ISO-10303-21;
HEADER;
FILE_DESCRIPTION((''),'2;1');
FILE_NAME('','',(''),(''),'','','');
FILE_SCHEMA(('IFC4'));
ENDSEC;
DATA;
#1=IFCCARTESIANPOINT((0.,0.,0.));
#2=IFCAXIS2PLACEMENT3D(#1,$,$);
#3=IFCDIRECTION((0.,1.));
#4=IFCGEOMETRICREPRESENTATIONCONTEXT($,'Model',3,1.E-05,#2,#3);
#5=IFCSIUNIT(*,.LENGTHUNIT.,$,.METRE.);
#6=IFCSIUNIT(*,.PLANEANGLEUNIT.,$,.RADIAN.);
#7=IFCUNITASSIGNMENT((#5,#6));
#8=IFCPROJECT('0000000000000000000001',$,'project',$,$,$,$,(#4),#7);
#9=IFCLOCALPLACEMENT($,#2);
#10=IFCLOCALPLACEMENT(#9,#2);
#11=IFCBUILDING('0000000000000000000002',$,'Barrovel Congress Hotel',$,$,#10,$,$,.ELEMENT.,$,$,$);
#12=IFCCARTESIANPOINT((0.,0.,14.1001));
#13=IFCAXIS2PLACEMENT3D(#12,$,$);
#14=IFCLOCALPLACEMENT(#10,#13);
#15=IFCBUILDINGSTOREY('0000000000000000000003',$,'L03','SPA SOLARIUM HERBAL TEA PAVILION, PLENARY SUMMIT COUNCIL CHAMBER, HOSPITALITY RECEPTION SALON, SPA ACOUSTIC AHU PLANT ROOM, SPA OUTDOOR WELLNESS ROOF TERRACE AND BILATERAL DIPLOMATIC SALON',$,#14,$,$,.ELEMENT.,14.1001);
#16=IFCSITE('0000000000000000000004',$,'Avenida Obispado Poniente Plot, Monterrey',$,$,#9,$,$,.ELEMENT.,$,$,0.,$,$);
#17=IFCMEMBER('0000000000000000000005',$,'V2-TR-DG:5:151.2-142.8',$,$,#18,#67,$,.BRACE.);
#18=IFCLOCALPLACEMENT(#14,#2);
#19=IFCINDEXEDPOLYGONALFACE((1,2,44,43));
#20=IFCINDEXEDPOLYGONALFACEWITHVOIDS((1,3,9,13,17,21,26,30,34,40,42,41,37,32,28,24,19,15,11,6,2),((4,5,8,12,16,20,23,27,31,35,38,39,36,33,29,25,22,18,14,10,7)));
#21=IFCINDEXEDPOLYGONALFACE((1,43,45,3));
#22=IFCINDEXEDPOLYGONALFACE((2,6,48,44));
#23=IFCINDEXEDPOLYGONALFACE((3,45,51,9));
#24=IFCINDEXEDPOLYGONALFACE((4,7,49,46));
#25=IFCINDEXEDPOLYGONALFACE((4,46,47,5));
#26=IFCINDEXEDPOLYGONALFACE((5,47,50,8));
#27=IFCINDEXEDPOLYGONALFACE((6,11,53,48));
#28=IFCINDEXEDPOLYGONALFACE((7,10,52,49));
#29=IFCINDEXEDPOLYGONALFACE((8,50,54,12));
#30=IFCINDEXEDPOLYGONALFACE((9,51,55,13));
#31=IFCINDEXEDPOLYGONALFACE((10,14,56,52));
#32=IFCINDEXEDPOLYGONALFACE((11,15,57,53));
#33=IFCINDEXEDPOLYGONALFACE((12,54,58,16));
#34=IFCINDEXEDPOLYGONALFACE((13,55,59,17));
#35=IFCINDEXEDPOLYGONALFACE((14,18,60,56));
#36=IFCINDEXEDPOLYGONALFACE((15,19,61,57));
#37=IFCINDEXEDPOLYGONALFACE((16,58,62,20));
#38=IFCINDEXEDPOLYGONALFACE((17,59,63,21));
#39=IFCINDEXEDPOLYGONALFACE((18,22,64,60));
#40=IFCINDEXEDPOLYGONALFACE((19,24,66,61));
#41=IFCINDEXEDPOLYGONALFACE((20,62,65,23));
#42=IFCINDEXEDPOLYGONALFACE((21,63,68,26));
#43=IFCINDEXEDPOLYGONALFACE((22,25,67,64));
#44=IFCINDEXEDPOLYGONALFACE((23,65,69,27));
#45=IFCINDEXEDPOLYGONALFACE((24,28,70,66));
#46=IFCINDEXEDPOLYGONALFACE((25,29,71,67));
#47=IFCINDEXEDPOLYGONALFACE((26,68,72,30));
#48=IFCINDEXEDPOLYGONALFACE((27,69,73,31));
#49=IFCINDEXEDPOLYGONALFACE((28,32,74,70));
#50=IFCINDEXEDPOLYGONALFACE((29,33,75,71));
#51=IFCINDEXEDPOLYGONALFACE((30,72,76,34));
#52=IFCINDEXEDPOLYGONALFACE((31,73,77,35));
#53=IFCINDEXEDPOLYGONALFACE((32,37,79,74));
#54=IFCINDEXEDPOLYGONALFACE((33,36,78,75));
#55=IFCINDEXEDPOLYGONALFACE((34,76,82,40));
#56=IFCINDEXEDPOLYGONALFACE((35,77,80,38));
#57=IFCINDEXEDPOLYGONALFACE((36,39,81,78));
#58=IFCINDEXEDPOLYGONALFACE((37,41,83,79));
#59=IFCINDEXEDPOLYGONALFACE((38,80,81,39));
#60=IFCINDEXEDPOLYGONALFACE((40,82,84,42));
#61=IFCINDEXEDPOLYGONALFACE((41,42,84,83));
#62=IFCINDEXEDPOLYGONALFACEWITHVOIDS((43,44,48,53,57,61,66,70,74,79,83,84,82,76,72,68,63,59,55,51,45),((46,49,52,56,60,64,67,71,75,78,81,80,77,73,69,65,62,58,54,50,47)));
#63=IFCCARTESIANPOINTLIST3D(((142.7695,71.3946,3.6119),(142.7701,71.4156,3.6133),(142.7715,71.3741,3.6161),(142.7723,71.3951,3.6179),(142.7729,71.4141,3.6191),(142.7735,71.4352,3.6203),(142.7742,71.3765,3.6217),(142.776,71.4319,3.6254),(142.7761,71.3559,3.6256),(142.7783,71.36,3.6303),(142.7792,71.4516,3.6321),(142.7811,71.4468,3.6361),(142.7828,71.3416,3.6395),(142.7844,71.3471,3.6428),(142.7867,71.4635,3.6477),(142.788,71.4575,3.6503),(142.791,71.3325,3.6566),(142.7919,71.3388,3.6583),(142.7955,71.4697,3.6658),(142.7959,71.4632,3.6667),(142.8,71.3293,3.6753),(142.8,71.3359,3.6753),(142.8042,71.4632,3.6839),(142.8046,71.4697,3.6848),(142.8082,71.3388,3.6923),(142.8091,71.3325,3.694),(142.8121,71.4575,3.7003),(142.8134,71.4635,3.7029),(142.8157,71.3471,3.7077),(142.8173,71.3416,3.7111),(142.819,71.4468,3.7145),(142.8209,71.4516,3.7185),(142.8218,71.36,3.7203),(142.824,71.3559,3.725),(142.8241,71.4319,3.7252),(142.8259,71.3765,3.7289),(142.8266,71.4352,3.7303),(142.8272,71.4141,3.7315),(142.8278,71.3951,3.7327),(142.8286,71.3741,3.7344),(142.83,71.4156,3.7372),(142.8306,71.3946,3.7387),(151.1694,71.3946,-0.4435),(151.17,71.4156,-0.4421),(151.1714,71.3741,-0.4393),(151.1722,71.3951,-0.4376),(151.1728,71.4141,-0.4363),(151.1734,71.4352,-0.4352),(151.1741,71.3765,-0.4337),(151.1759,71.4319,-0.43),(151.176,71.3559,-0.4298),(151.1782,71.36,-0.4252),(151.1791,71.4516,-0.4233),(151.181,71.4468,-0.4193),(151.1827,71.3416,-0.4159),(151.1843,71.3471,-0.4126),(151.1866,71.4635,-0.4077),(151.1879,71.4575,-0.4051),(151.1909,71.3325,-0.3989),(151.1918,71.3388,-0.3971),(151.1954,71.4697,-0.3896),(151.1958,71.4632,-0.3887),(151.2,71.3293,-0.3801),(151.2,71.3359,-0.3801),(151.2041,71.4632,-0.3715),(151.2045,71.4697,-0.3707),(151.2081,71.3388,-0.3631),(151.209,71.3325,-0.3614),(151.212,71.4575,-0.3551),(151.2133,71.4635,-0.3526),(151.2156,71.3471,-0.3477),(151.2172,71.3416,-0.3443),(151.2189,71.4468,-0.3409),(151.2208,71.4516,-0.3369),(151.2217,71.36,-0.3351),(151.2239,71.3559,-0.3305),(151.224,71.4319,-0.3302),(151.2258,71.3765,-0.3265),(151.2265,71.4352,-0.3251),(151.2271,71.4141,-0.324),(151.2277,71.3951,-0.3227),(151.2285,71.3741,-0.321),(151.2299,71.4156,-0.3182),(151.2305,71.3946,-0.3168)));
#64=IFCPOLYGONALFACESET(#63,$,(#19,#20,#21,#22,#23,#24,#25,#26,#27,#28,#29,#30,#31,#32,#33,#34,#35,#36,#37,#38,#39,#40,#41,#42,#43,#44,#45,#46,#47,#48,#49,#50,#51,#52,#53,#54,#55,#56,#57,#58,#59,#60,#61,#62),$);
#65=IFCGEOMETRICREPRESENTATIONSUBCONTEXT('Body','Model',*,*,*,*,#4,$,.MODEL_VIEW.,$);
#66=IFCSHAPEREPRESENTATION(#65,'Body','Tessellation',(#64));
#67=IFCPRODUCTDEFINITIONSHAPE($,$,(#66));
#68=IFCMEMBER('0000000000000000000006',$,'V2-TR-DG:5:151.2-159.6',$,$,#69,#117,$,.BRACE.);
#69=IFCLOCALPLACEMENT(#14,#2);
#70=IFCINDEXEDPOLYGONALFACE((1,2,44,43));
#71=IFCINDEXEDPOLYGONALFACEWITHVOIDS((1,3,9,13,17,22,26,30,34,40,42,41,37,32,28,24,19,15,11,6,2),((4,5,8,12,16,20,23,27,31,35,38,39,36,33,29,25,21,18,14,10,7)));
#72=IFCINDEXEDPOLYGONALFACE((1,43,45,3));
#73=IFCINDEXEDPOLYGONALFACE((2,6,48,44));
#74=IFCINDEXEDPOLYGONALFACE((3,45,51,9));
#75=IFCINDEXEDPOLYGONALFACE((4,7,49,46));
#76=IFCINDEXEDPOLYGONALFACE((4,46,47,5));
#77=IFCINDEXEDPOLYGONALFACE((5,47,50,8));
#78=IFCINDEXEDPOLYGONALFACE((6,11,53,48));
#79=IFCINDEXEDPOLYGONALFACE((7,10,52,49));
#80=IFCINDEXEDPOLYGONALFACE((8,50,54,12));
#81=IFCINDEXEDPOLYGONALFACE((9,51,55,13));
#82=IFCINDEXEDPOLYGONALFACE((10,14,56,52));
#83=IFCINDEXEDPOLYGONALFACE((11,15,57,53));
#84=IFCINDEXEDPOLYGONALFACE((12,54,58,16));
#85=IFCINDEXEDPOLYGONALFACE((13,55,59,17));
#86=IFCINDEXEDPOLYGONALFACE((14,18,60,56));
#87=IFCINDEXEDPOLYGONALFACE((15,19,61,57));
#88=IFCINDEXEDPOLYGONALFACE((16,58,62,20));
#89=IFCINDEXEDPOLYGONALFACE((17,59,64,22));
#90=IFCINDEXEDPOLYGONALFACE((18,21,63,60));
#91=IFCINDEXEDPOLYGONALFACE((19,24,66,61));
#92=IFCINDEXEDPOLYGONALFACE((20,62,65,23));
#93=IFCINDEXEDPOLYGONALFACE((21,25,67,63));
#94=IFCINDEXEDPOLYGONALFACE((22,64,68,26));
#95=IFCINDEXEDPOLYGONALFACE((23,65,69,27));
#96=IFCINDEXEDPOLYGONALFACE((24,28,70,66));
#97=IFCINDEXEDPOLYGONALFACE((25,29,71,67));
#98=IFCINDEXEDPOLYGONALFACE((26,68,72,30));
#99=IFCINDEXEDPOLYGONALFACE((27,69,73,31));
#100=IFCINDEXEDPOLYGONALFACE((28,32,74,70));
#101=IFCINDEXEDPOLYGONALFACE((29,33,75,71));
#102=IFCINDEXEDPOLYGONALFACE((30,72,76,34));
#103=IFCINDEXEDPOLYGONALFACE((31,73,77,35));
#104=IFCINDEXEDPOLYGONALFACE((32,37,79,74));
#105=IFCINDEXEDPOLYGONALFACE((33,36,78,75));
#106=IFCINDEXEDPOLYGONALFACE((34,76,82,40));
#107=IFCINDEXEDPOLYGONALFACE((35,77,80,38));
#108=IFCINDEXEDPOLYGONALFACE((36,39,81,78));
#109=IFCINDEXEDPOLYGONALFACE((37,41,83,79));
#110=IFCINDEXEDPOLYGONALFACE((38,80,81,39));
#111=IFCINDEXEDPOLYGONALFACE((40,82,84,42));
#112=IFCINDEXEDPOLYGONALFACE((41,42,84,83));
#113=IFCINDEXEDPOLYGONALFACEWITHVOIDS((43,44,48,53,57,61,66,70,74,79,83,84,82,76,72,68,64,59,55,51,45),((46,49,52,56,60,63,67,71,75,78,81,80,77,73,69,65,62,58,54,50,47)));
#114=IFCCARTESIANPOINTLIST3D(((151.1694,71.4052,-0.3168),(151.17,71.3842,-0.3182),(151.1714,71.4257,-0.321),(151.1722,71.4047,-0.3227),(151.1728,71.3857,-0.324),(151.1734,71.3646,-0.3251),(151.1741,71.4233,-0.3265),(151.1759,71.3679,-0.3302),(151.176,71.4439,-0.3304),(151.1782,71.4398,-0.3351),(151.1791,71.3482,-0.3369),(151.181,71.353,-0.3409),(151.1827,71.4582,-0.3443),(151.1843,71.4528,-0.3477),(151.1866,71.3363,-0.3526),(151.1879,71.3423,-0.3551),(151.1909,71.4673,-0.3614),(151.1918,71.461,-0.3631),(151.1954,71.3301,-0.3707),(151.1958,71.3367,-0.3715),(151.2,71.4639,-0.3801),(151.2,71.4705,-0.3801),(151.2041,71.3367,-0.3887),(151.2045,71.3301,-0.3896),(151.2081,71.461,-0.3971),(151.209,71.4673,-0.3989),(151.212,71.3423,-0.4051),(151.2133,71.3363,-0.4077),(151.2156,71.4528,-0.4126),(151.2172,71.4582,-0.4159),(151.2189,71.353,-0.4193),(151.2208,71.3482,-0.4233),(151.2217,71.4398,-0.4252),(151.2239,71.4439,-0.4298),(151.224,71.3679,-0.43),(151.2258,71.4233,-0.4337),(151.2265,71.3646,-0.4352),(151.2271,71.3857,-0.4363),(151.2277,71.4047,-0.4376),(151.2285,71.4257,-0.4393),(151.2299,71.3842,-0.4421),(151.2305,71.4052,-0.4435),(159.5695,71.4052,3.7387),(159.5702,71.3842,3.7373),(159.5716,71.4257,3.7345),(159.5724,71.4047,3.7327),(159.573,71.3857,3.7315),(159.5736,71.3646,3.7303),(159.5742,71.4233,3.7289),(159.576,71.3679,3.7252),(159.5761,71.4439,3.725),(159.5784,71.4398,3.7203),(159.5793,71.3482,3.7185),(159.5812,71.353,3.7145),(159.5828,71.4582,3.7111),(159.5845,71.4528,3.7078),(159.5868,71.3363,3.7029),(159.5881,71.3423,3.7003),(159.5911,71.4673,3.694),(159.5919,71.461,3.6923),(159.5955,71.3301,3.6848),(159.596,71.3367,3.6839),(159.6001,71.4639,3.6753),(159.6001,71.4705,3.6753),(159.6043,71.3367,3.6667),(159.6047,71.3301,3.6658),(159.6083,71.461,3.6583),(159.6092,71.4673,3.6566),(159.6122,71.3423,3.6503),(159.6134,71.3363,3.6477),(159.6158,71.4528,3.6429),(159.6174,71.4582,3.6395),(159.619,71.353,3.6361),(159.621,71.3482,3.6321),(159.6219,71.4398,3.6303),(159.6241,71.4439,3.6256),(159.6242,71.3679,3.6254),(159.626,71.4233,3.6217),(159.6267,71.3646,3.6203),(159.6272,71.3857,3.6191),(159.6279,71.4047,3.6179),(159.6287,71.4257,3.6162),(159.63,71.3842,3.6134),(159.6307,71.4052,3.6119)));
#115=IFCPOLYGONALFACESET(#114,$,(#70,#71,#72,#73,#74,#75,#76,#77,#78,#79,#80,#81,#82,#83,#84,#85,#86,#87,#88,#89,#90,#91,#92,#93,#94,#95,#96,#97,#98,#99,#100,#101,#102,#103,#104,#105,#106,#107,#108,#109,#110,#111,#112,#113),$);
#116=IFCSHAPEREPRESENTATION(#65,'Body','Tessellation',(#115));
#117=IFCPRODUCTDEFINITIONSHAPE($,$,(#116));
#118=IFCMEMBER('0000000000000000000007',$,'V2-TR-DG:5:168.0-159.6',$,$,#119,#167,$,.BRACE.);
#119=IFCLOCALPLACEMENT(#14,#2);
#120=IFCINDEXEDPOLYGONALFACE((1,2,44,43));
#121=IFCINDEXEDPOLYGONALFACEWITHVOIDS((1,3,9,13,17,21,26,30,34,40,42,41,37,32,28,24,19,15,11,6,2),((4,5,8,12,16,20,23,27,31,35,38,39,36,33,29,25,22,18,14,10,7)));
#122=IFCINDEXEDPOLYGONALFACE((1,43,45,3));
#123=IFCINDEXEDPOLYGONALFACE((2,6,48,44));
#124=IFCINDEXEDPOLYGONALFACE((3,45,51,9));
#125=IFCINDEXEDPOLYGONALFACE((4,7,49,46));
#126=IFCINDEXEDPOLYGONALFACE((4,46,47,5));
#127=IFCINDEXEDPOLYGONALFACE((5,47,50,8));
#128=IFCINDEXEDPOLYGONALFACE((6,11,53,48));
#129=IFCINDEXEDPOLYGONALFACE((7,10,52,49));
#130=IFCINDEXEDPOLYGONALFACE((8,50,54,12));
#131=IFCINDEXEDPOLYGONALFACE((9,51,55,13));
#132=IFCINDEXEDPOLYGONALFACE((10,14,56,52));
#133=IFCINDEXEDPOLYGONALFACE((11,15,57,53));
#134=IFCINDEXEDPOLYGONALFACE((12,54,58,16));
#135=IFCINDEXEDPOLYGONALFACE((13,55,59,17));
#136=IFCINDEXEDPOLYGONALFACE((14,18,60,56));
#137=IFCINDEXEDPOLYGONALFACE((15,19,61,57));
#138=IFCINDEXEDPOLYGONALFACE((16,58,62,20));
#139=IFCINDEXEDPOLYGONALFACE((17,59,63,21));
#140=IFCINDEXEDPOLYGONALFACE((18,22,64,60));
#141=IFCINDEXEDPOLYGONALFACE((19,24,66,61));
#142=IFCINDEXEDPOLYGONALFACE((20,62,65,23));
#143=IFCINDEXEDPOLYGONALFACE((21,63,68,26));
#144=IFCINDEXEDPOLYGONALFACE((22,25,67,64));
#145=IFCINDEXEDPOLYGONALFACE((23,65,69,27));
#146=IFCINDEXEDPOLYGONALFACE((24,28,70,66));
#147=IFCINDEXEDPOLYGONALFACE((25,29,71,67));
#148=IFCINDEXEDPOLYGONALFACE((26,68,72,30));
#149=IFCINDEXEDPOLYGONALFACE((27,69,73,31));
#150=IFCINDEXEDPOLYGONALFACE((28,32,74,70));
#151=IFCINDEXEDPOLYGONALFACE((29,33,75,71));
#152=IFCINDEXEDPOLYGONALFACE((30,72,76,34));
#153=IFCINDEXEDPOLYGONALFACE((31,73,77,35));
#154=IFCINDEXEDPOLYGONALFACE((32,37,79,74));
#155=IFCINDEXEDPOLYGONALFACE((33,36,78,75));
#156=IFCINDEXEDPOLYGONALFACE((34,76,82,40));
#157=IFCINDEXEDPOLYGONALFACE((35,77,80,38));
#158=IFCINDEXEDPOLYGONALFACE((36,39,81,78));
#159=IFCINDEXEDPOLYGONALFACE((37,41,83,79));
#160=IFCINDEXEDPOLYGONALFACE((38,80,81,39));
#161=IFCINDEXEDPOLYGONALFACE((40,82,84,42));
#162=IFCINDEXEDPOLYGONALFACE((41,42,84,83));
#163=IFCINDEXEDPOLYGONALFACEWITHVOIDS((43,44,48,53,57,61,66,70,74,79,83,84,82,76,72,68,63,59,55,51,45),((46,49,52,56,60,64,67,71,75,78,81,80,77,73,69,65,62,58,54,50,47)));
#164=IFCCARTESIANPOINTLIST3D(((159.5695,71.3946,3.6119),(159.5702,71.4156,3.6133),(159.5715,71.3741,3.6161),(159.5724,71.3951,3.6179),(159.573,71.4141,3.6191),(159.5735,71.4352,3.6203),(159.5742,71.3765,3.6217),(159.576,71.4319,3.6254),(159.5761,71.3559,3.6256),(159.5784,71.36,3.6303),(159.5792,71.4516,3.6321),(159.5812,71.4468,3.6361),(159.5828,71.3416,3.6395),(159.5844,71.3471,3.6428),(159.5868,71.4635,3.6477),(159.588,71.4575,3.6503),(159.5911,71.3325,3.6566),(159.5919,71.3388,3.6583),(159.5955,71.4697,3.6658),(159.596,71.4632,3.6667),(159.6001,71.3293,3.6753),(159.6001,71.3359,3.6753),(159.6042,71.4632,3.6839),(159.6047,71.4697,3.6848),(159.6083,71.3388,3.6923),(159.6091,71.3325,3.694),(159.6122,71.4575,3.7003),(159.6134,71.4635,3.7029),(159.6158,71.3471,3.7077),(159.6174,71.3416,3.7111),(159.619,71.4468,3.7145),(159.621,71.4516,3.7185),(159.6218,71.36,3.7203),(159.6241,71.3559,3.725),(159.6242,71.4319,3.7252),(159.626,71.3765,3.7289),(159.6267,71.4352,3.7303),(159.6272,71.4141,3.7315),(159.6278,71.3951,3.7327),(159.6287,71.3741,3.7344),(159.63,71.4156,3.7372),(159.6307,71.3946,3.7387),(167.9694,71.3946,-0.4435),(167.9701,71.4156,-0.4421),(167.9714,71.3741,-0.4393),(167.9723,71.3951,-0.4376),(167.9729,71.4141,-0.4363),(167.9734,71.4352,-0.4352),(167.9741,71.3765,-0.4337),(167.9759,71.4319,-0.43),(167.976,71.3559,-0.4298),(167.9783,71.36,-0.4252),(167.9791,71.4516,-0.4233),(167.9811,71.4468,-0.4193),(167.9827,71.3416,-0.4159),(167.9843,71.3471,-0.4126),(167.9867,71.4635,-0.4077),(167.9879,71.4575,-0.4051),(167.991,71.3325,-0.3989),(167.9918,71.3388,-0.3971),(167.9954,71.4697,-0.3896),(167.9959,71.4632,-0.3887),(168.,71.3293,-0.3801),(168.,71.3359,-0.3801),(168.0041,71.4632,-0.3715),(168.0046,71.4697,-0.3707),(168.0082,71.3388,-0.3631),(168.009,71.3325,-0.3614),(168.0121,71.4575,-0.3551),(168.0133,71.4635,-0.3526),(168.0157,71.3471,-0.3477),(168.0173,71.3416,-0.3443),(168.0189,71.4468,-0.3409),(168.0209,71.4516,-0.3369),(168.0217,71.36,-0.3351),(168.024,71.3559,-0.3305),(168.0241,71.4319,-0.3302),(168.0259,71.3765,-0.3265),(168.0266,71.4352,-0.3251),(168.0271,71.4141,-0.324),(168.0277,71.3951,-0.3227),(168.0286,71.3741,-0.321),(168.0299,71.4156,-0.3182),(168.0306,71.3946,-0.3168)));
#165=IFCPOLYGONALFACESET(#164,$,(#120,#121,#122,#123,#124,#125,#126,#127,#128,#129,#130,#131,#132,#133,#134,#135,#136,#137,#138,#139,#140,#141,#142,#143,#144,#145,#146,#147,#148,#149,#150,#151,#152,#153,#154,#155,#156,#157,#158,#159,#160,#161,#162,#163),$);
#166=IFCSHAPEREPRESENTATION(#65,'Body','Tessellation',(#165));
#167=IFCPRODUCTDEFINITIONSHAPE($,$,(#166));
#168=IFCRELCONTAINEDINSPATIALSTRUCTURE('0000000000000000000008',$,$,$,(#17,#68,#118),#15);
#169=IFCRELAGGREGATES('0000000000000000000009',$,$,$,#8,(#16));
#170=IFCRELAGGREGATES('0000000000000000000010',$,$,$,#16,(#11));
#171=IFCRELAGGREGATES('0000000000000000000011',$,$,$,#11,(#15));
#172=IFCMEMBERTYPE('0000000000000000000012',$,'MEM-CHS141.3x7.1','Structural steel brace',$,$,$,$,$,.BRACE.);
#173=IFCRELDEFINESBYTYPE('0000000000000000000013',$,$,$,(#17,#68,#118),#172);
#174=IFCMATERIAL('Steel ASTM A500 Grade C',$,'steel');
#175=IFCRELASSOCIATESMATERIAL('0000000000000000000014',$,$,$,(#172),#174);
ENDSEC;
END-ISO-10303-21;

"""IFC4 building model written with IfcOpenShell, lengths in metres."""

from ifc_helpers import new_model, si_unit, direction, frame, origin, origin_2d, place, context, subcontext, project, spatial, hollow_circle, extrude, material, material_profile, profile_set, type_object, element, save


model = new_model("IFC4")

# Units and contexts
model_context = context("Model", 3, precision=1e-05, world=origin(), true_north=direction((0.0, 1.0)))
body_context = subcontext(model_context, "Body", "Model", "MODEL_VIEW")
ifc_project = project(units=[si_unit("LENGTHUNIT", "METRE"), si_unit("PLANEANGLEUNIT", "RADIAN")], contexts=[model_context])

# Site, building, storey
site_placement = place(None, origin())
site = spatial("IfcSite", under=ifc_project, at=site_placement, Name="Avenida Obispado Poniente Plot, Monterrey", CompositionType="ELEMENT", RefElevation=0.0)
building_placement = place(site_placement, origin())
building = spatial("IfcBuilding", under=site, at=building_placement, Name="Barrovel Congress Hotel", CompositionType="ELEMENT")
storey_placement = place(building_placement, frame((0.0, 0.0, 14.1001)))
storey = spatial("IfcBuildingStorey", under=building, at=storey_placement, Name="L03", Description="SPA SOLARIUM HERBAL TEA PAVILION, PLENARY SUMMIT COUNCIL CHAMBER, HOSPITALITY RECEPTION SALON, SPA ACOUSTIC AHU PLANT ROOM, SPA OUTDOOR WELLNESS ROOF TERRACE AND BILATERAL DIPLOMATIC SALON", CompositionType="ELEMENT", Elevation=14.1001)

# Members
ifc_material_1 = material(Name="Steel ASTM A500 Grade C", Category="steel")
ifc_material_profile_1 = material_profile(ifc_material_1, hollow_circle(Radius=0.0706, WallThickness=0.0066, at=origin_2d()), Name="CHS141.3x7.1")
ifc_profile_set_1 = profile_set([ifc_material_profile_1], Name="Steel ASTM A500 Grade C")
member_type_1 = type_object("IfcMemberType", Name="MEM-CHS141.3x7.1", Description="Structural steel brace", PredefinedType="BRACE", material=ifc_profile_set_1)
for number, where, z_axis, x_axis, name in (
    (1, (151.2, 71.3999, -0.3801), (-0.900539, 0.0, 0.434775), (0.0, -1.0, 0.0), "V2-TR-DG:5:151.2-142.8"),
):
    element("IfcMember", number, at=place(storey_placement, frame(where, z_axis=z_axis, x_axis=x_axis)), inside=storey, type_object=member_type_1, Name=name, PredefinedType="BRACE", context=body_context, shape_type="SweptSolid", body=[
        extrude(hollow_circle(Radius=0.0706, WallThickness=0.0066, at=origin_2d()), origin(), (0.0, 0.0, 1.0), 9.3276),
    ])
member_1_placement = place(storey_placement, frame((151.2, 71.3999, -0.3801), z_axis=(0.900544, 0.0, 0.434764), x_axis=(0.0, 1.0, 0.0)))
element("IfcMember", 2, at=member_1_placement, inside=storey, type_object=member_type_1, Name="V2-TR-DG:5:151.2-159.6", PredefinedType="BRACE", context=body_context, shape_type="SweptSolid", body=[
    extrude(hollow_circle(Radius=0.0706, WallThickness=0.0066, at=origin_2d()), origin(), (0.0, 0.0, 1.0), 9.3279),
])
member_2_placement = place(storey_placement, frame((168.0, 71.3999, -0.3801), z_axis=(-0.900539, 0.0, 0.434775), x_axis=(0.0, -1.0, 0.0)))
element("IfcMember", 3, at=member_2_placement, inside=storey, type_object=member_type_1, Name="V2-TR-DG:5:168.0-159.6", PredefinedType="BRACE", context=body_context, shape_type="SweptSolid", body=[
    extrude(hollow_circle(Radius=0.0706, WallThickness=0.0066, at=origin_2d()), origin(), (0.0, 0.0, 1.0), 9.3276),
])

save(model, "model.ifc")
